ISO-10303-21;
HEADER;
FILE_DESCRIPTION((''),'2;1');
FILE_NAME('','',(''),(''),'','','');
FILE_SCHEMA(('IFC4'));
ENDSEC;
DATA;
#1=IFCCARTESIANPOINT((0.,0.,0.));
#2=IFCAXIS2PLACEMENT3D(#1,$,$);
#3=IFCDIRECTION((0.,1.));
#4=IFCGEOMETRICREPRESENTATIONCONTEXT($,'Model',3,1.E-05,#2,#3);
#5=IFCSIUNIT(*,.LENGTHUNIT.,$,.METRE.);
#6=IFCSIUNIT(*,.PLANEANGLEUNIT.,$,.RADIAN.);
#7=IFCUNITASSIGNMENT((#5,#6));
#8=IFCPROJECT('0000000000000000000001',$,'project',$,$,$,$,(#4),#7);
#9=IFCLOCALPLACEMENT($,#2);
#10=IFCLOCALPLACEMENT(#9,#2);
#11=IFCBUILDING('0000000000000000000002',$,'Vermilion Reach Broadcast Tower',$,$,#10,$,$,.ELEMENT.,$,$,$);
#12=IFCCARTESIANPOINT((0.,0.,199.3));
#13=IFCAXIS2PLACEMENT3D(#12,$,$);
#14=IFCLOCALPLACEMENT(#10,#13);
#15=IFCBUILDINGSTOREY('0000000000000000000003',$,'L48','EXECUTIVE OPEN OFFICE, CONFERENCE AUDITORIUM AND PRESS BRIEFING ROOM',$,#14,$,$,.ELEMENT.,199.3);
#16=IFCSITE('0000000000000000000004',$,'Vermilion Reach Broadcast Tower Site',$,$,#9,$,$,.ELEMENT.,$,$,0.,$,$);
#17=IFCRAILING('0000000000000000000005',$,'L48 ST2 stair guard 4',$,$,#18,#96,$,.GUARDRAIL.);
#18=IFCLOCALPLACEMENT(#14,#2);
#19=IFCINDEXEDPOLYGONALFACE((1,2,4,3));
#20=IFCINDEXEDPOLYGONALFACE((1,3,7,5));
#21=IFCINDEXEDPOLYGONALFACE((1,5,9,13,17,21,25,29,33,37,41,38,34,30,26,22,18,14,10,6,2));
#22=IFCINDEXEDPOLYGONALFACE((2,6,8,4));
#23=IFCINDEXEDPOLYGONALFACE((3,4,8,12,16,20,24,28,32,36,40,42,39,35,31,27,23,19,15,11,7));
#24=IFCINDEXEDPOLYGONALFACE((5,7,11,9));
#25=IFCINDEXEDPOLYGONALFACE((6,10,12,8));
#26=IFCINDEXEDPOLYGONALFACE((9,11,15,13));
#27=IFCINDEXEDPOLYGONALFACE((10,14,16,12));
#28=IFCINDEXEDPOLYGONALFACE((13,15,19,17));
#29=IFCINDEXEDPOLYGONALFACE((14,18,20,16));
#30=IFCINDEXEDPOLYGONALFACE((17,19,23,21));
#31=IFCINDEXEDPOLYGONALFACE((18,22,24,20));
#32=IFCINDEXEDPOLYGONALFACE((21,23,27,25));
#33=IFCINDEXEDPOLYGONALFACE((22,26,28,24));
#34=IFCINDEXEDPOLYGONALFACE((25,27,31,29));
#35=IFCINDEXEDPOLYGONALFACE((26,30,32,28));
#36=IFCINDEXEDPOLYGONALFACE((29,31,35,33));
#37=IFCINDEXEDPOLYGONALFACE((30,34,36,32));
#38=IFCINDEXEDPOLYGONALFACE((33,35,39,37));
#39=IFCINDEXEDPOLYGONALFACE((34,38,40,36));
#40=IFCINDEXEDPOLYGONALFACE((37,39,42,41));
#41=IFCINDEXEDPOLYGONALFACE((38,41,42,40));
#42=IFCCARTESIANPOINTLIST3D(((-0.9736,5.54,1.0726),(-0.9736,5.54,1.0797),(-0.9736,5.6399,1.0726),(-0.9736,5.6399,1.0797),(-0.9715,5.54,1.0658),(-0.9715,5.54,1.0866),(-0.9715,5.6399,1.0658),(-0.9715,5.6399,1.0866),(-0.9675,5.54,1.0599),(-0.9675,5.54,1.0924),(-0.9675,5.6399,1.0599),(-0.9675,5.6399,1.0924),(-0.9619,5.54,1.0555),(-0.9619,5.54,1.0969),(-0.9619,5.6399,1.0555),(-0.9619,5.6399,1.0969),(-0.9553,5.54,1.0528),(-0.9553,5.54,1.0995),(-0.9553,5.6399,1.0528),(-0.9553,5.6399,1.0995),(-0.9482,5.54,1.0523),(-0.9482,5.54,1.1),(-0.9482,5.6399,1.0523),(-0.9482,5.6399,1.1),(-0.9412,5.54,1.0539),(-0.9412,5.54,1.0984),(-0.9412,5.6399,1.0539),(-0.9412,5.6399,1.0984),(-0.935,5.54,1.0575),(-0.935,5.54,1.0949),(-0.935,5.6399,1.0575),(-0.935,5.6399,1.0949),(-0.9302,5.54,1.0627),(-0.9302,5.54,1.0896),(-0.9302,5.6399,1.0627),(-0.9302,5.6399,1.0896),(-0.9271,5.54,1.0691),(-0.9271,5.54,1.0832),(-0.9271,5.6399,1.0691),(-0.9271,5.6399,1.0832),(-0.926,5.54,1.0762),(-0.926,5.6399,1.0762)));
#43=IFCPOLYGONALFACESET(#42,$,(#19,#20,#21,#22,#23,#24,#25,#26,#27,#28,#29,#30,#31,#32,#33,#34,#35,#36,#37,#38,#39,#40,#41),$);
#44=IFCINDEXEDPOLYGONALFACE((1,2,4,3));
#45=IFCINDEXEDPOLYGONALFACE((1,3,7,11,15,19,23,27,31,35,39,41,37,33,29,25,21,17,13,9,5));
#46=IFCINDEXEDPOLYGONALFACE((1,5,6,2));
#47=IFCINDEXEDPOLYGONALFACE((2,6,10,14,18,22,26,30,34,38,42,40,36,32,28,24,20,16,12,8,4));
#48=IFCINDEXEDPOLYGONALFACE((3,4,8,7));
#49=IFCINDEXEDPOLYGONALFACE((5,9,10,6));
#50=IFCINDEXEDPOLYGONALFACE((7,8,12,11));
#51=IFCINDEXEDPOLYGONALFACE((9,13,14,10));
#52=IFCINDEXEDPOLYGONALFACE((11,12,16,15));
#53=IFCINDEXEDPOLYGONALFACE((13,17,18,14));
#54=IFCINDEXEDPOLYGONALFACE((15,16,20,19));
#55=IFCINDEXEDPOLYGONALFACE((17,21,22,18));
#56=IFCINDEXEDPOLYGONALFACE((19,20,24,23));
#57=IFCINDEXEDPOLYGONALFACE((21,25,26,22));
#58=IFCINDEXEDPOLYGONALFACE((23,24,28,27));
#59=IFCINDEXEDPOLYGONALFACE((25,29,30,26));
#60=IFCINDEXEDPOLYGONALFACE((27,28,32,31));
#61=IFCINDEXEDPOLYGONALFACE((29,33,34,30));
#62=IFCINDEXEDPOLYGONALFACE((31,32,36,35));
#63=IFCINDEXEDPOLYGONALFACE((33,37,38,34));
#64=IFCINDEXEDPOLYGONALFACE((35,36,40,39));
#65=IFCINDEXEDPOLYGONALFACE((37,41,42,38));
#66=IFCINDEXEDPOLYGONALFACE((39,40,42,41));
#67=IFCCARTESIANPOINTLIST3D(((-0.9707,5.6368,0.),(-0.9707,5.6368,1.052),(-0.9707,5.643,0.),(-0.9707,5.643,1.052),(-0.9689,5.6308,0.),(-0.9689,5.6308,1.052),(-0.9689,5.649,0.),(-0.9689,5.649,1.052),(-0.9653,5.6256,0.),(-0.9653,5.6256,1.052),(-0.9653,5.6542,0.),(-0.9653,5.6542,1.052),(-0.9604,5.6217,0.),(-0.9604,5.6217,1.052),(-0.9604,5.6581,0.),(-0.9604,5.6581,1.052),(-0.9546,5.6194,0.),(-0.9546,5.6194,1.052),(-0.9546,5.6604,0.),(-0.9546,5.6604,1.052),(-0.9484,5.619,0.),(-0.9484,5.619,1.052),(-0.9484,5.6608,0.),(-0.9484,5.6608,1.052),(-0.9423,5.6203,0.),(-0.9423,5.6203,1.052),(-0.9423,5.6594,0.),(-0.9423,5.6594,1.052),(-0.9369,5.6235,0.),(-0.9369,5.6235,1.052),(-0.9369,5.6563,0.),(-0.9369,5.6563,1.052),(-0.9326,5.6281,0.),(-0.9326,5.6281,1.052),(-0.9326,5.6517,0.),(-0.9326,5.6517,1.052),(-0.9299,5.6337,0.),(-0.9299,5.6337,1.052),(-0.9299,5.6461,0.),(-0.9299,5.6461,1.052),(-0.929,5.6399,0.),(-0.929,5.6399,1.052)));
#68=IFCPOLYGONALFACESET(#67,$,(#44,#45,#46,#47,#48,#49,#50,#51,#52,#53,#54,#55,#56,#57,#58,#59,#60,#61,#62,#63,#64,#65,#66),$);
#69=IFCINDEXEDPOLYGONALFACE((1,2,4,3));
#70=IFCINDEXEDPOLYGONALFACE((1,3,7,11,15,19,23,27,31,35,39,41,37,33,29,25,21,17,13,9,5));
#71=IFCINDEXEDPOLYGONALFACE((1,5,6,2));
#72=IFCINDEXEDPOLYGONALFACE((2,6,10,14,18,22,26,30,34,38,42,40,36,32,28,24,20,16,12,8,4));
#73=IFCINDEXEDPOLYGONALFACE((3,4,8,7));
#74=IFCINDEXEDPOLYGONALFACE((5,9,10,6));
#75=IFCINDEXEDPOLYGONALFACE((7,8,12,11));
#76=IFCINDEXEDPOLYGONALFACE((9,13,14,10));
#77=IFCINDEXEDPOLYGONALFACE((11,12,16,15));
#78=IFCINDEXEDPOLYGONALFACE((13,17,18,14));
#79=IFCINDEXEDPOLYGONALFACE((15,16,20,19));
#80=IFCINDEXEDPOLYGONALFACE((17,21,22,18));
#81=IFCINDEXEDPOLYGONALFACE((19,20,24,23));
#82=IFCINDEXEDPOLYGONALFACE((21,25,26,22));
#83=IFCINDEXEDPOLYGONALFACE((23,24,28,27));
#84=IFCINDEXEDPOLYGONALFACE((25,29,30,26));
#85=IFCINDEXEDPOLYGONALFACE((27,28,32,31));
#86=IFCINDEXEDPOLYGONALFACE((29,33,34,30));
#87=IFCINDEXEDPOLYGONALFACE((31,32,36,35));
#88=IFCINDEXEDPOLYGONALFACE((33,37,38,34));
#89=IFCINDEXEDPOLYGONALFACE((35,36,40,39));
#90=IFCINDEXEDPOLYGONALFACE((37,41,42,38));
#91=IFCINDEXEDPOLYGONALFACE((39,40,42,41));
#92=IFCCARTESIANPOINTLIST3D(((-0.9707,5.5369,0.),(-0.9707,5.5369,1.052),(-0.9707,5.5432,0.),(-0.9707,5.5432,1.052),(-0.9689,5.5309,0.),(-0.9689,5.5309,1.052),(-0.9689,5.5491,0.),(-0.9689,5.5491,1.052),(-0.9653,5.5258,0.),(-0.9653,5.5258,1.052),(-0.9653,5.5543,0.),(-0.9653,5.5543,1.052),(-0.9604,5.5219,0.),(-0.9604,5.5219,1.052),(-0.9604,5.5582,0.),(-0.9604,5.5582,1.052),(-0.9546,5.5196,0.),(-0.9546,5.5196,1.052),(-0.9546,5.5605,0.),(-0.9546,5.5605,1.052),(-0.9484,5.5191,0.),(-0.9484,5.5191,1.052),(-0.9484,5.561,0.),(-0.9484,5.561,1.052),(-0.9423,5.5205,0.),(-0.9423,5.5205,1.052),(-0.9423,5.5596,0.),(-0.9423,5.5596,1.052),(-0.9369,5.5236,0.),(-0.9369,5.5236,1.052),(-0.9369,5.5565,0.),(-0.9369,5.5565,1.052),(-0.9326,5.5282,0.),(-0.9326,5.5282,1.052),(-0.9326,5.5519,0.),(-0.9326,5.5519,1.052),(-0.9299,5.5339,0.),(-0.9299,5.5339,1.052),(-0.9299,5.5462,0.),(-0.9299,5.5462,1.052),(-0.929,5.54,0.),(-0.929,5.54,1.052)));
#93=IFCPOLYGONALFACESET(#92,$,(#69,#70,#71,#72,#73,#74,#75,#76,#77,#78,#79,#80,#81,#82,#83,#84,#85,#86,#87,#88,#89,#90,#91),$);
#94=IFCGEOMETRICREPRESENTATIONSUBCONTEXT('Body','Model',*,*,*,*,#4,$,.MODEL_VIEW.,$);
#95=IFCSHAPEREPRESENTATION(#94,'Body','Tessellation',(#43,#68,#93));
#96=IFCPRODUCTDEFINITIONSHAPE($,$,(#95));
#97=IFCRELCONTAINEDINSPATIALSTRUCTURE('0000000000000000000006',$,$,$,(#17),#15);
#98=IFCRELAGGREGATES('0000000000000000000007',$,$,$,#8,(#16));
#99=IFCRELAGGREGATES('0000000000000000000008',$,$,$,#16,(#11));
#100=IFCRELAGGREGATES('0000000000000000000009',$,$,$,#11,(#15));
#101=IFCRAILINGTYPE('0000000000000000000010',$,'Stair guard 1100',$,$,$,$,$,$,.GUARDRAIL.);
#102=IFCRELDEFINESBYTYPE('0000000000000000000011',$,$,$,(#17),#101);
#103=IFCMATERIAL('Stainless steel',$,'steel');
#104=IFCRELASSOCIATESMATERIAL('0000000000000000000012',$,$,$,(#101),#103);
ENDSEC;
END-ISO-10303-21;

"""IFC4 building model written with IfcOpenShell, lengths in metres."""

from ifc_helpers import new_model, si_unit, direction, frame, origin, origin_2d, place, context, subcontext, project, spatial, circle, extrude, material, type_object, element, save


model = new_model("IFC4")

# Units and contexts
model_context = context("Model", 3, precision=1e-05, world=origin(), true_north=direction((0.0, 1.0)))
body_context = subcontext(model_context, "Body", "Model", "MODEL_VIEW")
ifc_project = project(units=[si_unit("LENGTHUNIT", "METRE"), si_unit("PLANEANGLEUNIT", "RADIAN")], contexts=[model_context])

# Site, building, storey
site_placement = place(None, origin())
site = spatial("IfcSite", under=ifc_project, at=site_placement, Name="Vermilion Reach Broadcast Tower Site", CompositionType="ELEMENT", RefElevation=0.0)
building_placement = place(site_placement, origin())
building = spatial("IfcBuilding", under=site, at=building_placement, Name="Vermilion Reach Broadcast Tower", CompositionType="ELEMENT")
storey_placement = place(building_placement, frame((0.0, 0.0, 199.3)))
storey = spatial("IfcBuildingStorey", under=building, at=storey_placement, Name="L48", Description="EXECUTIVE OPEN OFFICE, CONFERENCE AUDITORIUM AND PRESS BRIEFING ROOM", CompositionType="ELEMENT", Elevation=199.3)

# Railing
ifc_material_1 = material(Name="Stainless steel", Category="steel")
railing_type_1 = type_object("IfcRailingType", Name="Stair guard 1100", PredefinedType="GUARDRAIL", material=ifc_material_1)
railing_1_placement = place(storey_placement, frame((-0.95, 5.6399, 0.0)))
element("IfcRailing", 1, at=railing_1_placement, inside=storey, type_object=railing_type_1, Name="L48 ST2 stair guard 4", PredefinedType="GUARDRAIL", context=body_context, shape_type="SweptSolid", body=[
    extrude(circle(Radius=0.0239, at=origin_2d()), frame((0.0, 0.0, 1.0762), z_axis=(0.0, -1.0, 0.0), x_axis=(1.0, 0.0, 0.0)), (0.0, 0.0, 1.0), 0.0999),
    extrude(circle(Radius=0.021, at=origin_2d()), origin(), (0.0, 0.0, 1.0), 1.052),
    extrude(circle(Radius=0.021, at=origin_2d()), frame((0.0, -0.0999, 0.0)), (0.0, 0.0, 1.0), 1.052),
])

save(model, "model.ifc")
